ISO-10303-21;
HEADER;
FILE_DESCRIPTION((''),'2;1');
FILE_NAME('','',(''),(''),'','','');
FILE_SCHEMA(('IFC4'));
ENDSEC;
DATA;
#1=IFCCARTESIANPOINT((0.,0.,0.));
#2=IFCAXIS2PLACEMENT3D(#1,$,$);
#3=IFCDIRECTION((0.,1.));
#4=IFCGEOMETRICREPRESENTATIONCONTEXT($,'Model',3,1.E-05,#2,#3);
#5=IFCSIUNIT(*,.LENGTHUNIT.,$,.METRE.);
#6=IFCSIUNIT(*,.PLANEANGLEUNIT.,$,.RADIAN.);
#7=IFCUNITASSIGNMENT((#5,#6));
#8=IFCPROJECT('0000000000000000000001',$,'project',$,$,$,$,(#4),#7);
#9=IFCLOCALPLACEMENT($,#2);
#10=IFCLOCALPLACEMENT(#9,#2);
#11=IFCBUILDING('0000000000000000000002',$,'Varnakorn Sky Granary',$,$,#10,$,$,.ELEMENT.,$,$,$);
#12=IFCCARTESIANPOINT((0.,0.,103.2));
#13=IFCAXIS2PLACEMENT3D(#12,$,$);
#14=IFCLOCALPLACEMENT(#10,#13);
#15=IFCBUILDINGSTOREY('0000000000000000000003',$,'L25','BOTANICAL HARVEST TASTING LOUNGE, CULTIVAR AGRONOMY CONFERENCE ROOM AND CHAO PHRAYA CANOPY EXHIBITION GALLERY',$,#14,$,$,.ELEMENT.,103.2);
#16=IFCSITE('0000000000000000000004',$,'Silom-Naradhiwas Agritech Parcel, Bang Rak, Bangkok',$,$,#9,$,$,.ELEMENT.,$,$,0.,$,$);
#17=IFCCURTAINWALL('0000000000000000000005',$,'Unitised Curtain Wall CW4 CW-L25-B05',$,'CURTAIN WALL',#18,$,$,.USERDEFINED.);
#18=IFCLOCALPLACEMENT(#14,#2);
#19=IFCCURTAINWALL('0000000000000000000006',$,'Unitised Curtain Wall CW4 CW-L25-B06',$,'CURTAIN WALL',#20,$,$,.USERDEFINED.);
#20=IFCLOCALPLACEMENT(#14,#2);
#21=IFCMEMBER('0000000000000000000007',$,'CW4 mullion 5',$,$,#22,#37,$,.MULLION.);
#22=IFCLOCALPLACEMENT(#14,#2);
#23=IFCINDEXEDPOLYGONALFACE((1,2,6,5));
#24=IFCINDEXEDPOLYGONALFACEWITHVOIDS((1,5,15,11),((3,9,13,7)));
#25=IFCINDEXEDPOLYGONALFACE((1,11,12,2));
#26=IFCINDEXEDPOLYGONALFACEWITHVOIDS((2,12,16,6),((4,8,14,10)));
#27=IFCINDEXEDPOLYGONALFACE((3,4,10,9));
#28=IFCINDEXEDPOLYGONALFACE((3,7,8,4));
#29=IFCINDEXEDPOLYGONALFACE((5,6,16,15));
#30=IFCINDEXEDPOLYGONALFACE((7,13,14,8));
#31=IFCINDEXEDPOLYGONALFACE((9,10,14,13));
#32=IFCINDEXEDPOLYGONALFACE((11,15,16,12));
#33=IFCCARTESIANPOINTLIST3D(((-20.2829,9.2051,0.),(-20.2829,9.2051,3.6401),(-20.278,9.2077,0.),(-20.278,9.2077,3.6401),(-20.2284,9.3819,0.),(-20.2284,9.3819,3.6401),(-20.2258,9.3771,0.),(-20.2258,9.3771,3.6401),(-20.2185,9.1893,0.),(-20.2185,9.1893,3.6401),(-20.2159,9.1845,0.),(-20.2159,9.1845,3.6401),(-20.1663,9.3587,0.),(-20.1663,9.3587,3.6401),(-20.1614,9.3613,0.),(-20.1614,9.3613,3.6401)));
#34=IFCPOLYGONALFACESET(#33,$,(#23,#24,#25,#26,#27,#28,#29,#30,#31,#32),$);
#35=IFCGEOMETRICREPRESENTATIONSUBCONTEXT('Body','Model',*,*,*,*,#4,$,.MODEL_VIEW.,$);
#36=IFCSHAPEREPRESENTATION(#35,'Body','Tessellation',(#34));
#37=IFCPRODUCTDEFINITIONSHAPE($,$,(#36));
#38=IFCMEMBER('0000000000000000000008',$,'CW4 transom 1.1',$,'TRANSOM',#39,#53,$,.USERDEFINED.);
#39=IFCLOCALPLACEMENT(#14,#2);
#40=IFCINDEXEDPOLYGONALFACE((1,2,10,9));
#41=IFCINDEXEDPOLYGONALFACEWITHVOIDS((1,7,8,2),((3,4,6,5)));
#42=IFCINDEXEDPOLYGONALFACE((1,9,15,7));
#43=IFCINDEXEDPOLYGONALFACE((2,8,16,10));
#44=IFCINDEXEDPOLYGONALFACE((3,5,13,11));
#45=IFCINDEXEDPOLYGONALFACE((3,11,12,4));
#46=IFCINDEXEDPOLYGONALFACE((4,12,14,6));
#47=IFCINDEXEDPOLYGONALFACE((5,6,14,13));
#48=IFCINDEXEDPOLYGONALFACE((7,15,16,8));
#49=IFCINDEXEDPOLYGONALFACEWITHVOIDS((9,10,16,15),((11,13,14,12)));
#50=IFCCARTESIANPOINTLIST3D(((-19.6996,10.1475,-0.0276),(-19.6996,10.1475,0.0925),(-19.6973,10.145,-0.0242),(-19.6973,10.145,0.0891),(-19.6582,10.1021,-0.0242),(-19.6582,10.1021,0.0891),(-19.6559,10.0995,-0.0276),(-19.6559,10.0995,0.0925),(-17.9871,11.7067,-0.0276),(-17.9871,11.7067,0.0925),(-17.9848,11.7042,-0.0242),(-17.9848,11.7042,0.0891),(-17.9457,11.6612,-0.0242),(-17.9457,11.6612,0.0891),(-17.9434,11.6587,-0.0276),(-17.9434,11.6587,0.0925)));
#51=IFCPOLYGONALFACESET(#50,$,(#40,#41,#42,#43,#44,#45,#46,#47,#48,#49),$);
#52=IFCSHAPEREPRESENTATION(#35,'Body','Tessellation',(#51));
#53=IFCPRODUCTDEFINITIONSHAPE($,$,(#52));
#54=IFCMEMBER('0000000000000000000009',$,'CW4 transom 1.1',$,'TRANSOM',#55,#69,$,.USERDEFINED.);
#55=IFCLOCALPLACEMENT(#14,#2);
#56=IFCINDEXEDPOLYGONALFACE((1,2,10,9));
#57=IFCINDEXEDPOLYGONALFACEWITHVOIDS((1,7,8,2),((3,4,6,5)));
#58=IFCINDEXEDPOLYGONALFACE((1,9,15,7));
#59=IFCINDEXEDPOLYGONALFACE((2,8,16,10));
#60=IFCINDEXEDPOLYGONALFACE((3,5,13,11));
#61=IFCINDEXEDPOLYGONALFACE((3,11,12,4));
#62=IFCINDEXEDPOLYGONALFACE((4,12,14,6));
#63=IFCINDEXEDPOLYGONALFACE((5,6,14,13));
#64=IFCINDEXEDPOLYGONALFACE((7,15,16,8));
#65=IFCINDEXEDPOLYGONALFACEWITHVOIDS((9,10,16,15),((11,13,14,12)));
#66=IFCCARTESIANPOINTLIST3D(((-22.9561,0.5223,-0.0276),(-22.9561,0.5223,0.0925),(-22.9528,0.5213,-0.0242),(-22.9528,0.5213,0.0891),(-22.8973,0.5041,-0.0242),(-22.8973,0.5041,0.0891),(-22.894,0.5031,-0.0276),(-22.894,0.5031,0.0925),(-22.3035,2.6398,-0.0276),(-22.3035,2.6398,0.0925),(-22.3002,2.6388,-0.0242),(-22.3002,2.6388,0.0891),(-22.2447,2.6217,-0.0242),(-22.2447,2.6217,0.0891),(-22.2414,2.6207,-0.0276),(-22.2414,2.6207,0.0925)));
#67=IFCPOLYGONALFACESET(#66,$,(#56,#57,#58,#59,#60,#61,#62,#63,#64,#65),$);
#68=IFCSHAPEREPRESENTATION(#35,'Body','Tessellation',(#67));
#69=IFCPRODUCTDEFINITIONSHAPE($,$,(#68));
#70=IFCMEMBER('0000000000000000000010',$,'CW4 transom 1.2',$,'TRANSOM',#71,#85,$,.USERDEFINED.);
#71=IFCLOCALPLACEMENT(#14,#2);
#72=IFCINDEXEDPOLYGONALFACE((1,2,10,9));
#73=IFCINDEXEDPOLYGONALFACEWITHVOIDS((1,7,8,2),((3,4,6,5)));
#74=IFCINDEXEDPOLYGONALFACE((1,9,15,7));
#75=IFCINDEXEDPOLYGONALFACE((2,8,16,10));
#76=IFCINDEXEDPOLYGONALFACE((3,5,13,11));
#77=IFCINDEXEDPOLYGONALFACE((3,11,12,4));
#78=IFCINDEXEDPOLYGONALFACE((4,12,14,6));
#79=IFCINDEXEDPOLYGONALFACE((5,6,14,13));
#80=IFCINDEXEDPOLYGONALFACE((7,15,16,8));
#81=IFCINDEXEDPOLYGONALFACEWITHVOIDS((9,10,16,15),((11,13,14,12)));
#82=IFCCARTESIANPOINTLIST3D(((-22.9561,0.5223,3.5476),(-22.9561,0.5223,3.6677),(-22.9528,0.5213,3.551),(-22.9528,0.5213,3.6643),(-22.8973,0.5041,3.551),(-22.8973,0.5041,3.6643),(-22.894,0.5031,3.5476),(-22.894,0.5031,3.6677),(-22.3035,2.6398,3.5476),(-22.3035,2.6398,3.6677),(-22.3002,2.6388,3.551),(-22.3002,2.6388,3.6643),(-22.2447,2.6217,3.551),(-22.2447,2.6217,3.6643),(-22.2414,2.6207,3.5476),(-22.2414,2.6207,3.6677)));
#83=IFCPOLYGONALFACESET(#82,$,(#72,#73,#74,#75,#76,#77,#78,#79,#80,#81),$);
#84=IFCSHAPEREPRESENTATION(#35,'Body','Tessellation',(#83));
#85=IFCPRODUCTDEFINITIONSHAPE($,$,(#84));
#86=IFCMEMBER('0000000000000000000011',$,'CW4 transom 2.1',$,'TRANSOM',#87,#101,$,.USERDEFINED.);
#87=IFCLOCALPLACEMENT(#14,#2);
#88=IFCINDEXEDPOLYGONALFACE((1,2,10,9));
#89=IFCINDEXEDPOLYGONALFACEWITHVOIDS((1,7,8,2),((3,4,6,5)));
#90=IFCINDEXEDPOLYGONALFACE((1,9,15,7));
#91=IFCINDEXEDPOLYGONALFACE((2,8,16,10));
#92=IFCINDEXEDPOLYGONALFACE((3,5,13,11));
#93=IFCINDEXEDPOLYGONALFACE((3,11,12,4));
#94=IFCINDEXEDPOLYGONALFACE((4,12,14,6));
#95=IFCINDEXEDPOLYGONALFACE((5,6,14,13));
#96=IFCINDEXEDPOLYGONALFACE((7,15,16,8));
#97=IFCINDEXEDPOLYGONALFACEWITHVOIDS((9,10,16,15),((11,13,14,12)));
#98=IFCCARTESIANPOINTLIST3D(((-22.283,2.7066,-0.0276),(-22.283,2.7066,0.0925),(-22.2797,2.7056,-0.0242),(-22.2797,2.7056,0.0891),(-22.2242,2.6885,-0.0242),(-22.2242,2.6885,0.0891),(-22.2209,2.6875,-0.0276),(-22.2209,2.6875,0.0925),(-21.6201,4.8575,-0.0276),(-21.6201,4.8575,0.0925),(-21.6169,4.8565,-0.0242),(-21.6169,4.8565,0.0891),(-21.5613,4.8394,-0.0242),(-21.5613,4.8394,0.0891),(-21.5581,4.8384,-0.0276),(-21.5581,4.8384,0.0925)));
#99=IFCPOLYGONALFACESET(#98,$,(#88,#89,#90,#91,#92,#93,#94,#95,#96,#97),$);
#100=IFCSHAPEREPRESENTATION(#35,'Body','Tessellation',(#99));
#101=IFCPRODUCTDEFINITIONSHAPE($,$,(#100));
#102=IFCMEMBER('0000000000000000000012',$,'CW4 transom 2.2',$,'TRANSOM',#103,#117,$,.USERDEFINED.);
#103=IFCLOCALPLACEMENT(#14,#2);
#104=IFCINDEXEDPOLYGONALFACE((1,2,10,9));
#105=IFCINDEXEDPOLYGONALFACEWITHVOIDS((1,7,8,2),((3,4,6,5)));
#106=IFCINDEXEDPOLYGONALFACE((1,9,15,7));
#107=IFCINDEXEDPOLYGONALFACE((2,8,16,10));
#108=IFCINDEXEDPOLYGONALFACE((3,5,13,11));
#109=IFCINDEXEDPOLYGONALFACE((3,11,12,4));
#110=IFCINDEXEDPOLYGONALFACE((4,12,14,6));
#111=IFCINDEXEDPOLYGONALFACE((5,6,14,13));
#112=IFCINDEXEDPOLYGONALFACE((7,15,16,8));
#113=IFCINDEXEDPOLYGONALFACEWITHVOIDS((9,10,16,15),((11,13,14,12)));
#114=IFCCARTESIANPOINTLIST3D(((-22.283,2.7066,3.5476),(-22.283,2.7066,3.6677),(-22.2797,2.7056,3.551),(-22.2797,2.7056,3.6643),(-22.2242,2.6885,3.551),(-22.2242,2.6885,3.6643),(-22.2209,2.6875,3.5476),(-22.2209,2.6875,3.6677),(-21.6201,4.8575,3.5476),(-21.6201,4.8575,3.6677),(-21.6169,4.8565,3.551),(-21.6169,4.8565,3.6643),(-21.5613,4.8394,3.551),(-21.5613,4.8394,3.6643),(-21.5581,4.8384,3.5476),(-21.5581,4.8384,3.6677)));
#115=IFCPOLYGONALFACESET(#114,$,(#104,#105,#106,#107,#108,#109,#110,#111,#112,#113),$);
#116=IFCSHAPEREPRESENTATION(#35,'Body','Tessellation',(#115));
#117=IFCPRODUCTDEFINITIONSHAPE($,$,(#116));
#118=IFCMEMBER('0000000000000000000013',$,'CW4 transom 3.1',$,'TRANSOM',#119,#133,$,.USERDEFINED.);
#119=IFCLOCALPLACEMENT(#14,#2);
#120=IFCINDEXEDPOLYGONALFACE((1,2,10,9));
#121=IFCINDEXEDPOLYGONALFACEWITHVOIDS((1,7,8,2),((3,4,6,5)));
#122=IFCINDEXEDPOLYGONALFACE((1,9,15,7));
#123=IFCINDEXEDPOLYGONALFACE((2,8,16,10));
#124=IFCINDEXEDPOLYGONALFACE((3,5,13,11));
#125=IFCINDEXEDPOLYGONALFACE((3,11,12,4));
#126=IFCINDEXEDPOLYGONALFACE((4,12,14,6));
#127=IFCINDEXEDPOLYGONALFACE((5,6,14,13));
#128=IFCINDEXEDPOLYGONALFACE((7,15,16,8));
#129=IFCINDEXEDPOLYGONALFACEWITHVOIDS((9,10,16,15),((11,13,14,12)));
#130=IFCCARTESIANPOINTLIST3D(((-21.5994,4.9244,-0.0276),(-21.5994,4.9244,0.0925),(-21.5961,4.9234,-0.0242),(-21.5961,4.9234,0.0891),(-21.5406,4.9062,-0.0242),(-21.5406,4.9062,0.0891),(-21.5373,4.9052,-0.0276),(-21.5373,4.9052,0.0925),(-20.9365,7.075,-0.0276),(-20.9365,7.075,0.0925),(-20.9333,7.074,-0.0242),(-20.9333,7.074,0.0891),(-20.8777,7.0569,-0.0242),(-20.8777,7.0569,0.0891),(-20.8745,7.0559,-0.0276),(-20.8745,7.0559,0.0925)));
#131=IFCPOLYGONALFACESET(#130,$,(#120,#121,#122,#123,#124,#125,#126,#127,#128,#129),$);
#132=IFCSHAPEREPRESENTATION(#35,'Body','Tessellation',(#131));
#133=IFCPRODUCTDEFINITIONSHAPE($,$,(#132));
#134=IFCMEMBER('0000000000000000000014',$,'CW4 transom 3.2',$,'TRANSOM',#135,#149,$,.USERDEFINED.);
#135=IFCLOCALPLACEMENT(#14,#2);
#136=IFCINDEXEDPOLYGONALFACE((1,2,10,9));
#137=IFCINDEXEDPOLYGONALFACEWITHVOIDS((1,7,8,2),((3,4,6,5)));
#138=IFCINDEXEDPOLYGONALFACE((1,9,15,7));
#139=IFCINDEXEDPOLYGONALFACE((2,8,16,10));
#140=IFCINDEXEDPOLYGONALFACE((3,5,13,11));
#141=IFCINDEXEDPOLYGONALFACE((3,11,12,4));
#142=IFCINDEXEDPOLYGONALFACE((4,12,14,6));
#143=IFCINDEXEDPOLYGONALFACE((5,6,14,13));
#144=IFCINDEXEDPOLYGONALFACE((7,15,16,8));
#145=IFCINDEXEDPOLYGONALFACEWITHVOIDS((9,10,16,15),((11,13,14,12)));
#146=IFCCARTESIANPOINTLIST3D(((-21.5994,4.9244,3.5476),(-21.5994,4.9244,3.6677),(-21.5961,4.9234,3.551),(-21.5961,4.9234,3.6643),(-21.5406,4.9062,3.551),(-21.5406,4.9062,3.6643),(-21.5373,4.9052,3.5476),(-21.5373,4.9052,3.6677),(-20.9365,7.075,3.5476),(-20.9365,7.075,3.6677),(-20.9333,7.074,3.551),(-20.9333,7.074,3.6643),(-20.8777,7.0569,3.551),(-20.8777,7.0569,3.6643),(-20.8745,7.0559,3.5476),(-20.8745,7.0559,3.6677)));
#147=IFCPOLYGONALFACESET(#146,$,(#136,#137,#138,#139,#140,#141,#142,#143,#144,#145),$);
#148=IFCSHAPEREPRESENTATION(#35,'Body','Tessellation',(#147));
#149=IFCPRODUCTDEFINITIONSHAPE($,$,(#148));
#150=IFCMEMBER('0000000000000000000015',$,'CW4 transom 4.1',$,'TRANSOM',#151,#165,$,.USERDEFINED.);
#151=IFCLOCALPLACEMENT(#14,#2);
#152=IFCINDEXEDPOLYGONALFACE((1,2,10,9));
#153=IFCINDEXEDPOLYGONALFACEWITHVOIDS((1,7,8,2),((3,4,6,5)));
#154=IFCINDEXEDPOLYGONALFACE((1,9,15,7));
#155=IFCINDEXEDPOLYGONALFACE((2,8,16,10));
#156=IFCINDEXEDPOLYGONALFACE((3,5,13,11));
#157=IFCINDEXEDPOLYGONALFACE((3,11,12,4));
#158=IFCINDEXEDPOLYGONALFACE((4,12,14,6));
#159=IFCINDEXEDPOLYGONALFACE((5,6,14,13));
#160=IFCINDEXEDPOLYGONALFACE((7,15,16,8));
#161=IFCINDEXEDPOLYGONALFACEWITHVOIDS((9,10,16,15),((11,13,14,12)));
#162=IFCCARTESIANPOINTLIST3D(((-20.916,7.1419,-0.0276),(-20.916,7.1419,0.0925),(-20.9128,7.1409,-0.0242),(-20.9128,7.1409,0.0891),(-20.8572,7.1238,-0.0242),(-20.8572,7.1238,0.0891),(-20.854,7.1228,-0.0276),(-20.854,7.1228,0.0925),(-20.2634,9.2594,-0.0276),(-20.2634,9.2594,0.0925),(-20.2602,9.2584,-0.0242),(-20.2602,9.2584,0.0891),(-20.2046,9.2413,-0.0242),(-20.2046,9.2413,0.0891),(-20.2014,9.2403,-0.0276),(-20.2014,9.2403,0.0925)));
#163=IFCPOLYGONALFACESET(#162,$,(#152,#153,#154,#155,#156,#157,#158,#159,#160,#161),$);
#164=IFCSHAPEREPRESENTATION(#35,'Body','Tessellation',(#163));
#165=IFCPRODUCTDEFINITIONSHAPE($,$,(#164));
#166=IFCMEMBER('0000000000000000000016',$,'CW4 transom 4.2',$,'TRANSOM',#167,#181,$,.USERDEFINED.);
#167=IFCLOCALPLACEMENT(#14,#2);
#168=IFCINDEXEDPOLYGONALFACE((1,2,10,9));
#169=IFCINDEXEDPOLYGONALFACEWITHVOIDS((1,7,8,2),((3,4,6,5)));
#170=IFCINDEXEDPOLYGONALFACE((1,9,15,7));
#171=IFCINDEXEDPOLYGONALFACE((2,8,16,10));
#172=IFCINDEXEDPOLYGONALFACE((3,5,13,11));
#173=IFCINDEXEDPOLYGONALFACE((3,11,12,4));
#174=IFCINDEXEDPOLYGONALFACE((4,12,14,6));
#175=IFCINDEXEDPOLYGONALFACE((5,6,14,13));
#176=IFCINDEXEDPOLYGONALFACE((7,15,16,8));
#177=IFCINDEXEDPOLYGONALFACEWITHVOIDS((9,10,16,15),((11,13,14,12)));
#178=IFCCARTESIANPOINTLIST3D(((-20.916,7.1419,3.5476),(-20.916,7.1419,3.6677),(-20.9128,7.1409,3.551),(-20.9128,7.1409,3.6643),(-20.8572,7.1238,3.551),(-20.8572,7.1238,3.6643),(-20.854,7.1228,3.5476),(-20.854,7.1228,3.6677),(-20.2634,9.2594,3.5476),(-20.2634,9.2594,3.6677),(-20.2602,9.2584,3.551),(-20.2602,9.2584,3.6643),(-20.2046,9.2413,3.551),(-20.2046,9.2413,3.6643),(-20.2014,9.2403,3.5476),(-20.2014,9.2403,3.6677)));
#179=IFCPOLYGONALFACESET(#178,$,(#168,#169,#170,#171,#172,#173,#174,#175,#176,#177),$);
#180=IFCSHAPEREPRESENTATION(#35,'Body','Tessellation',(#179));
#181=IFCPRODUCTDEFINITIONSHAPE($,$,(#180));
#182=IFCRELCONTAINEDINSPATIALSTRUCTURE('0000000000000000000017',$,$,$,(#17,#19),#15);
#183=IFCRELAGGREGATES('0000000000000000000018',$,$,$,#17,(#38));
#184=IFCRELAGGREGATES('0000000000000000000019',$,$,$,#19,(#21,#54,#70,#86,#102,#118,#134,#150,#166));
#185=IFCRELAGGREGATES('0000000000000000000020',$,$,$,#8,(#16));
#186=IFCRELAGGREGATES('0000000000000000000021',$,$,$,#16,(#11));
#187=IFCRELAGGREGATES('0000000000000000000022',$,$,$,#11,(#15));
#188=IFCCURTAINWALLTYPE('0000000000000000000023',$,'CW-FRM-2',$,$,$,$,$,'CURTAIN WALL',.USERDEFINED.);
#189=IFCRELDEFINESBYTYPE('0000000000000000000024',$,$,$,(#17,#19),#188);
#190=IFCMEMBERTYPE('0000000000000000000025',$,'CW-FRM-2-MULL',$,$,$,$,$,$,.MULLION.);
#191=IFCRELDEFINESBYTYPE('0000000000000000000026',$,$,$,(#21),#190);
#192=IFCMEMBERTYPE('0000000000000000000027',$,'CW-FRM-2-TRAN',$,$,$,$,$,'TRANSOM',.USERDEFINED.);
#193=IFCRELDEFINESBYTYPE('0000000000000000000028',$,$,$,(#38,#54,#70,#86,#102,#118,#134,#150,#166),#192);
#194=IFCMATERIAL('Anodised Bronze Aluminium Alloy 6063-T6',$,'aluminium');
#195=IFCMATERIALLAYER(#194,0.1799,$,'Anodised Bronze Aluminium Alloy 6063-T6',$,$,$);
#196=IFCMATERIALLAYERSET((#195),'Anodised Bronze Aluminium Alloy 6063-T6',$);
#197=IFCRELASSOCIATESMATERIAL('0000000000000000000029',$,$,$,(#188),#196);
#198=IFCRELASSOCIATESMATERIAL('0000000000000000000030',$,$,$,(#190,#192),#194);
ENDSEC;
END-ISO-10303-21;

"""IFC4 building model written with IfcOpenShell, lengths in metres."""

from ifc_helpers import new_model, si_unit, direction, frame, origin, origin_2d, place, context, subcontext, project, spatial, hollow_rectangle, extrude, material, layer, layer_set, material_profile, profile_set, type_object, element, aggregate, save


model = new_model("IFC4")

# Units and contexts
model_context = context("Model", 3, precision=1e-05, world=origin(), true_north=direction((0.0, 1.0)))
body_context = subcontext(model_context, "Body", "Model", "MODEL_VIEW")
ifc_project = project(units=[si_unit("LENGTHUNIT", "METRE"), si_unit("PLANEANGLEUNIT", "RADIAN")], contexts=[model_context])

# Site, building, storey
site_placement = place(None, origin())
site = spatial("IfcSite", under=ifc_project, at=site_placement, Name="Silom-Naradhiwas Agritech Parcel, Bang Rak, Bangkok", CompositionType="ELEMENT", RefElevation=0.0)
building_placement = place(site_placement, origin())
building = spatial("IfcBuilding", under=site, at=building_placement, Name="Varnakorn Sky Granary", CompositionType="ELEMENT")
storey_placement = place(building_placement, frame((0.0, 0.0, 103.2)))
storey = spatial("IfcBuildingStorey", under=building, at=storey_placement, Name="L25", Description="BOTANICAL HARVEST TASTING LOUNGE, CULTIVAR AGRONOMY CONFERENCE ROOM AND CHAO PHRAYA CANOPY EXHIBITION GALLERY", CompositionType="ELEMENT", Elevation=103.2)

# Curtain wall
ifc_material_1 = material(Name="Anodised Bronze Aluminium Alloy 6063-T6", Category="aluminium")
ifc_layer_1 = layer(ifc_material_1, 0.1799, Name="Anodised Bronze Aluminium Alloy 6063-T6")
ifc_layer_set_1 = layer_set([ifc_layer_1], Name="Anodised Bronze Aluminium Alloy 6063-T6")
curtain_wall_type = type_object("IfcCurtainWallType", Name="CW-FRM-2", ElementType="CURTAIN WALL", PredefinedType="USERDEFINED", material=ifc_layer_set_1)
curtain_wall_1_placement = place(storey_placement, origin())
curtain_wall_1 = element("IfcCurtainWall", 1, at=curtain_wall_1_placement, inside=storey, type_object=curtain_wall_type, Name="Unitised Curtain Wall CW4 CW-L25-B05", ObjectType="CURTAIN WALL", PredefinedType="USERDEFINED")
ifc_material_profile_1 = material_profile(ifc_material_1, hollow_rectangle(XDim=0.0701, YDim=0.1851, WallThickness=0.0039, at=origin_2d()), Name="ALU MULL 70x185")
ifc_profile_set_1 = profile_set([ifc_material_profile_1], Name="Anodised Bronze Aluminium Alloy 6063-T6")
member_type_1 = type_object("IfcMemberType", Name="CW-FRM-2-MULL", PredefinedType="MULLION", material=ifc_profile_set_1)

# Curtain wall, member
curtain_wall_2_placement = place(storey_placement, origin())
curtain_wall_2 = element("IfcCurtainWall", 2, at=curtain_wall_2_placement, inside=storey, type_object=curtain_wall_type, Name="Unitised Curtain Wall CW4 CW-L25-B06", ObjectType="CURTAIN WALL", PredefinedType="USERDEFINED")
member_1_placement = place(storey_placement, frame((-20.2222, 9.2832, 0.0), z_axis=(0.0, 0.0, 1.0), x_axis=(-0.955652, 0.294498, 0.0)))
member_1 = element("IfcMember", 3, at=member_1_placement, type_object=member_type_1, Name="CW4 mullion 5", PredefinedType="MULLION", context=body_context, shape_type="SweptSolid", body=[
    extrude(hollow_rectangle(XDim=0.0701, YDim=0.1851, WallThickness=0.0039, at=origin_2d()), origin(), (0.0, 0.0, 1.0), 3.6401),
])

# Members
ifc_material_profile_2 = material_profile(ifc_material_1, hollow_rectangle(XDim=0.0649, YDim=0.1201, WallThickness=0.0034, at=origin_2d()), Name="ALU TRAN 65x120")
ifc_profile_set_2 = profile_set([ifc_material_profile_2], Name="Anodised Bronze Aluminium Alloy 6063-T6")
member_type_2 = type_object("IfcMemberType", Name="CW-FRM-2-TRAN", ElementType="TRANSOM", PredefinedType="USERDEFINED", material=ifc_profile_set_2)
member_2_placement = place(storey_placement, frame((-19.6777, 10.1235, 0.0325), z_axis=(0.739434, 0.673229, 0.0), x_axis=(-0.673229, 0.739434, 0.0)))
member_2 = element("IfcMember", 4, at=member_2_placement, type_object=member_type_2, Name="CW4 transom 1.1", ObjectType="TRANSOM", PredefinedType="USERDEFINED", context=body_context, shape_type="SweptSolid", body=[
    extrude(hollow_rectangle(XDim=0.0649, YDim=0.1201, WallThickness=0.0034, at=origin_2d()), origin(), (0.0, 0.0, 1.0), 2.3159),
])
aggregate(curtain_wall_1, [member_2])
member_3_placement = place(storey_placement, frame((-22.925, 0.5127, 0.0325), z_axis=(0.294527, 0.955643, 0.0), x_axis=(-0.955643, 0.294527, 0.0)))
member_3 = element("IfcMember", 5, at=member_3_placement, type_object=member_type_2, Name="CW4 transom 1.1", ObjectType="TRANSOM", PredefinedType="USERDEFINED", context=body_context, shape_type="SweptSolid", body=[
    extrude(hollow_rectangle(XDim=0.0649, YDim=0.1201, WallThickness=0.0034, at=origin_2d()), origin(), (0.0, 0.0, 1.0), 2.2158),
])
member_4_placement = place(storey_placement, frame((-22.925, 0.5127, 3.6077), z_axis=(0.294527, 0.955643, 0.0), x_axis=(-0.955643, 0.294527, 0.0)))
member_4 = element("IfcMember", 6, at=member_4_placement, type_object=member_type_2, Name="CW4 transom 1.2", ObjectType="TRANSOM", PredefinedType="USERDEFINED", context=body_context, shape_type="SweptSolid", body=[
    extrude(hollow_rectangle(XDim=0.0649, YDim=0.1201, WallThickness=0.0034, at=origin_2d()), origin(), (0.0, 0.0, 1.0), 2.2158),
])
member_5_placement = place(storey_placement, frame((-22.252, 2.697, 0.0325), z_axis=(0.294505, 0.95565, 0.0), x_axis=(-0.95565, 0.294505, 0.0)))
member_5 = element("IfcMember", 7, at=member_5_placement, type_object=member_type_2, Name="CW4 transom 2.1", ObjectType="TRANSOM", PredefinedType="USERDEFINED", context=body_context, shape_type="SweptSolid", body=[
    extrude(hollow_rectangle(XDim=0.0649, YDim=0.1201, WallThickness=0.0034, at=origin_2d()), origin(), (0.0, 0.0, 1.0), 2.2507),
])
member_6_placement = place(storey_placement, frame((-22.252, 2.697, 3.6077), z_axis=(0.294505, 0.95565, 0.0), x_axis=(-0.95565, 0.294505, 0.0)))
member_6 = element("IfcMember", 8, at=member_6_placement, type_object=member_type_2, Name="CW4 transom 2.2", ObjectType="TRANSOM", PredefinedType="USERDEFINED", context=body_context, shape_type="SweptSolid", body=[
    extrude(hollow_rectangle(XDim=0.0649, YDim=0.1201, WallThickness=0.0034, at=origin_2d()), origin(), (0.0, 0.0, 1.0), 2.2507),
])
member_7_placement = place(storey_placement, frame((-21.5684, 4.9148, 0.0325), z_axis=(0.294536, 0.955641, 0.0), x_axis=(-0.955641, 0.294536, 0.0)))
member_7 = element("IfcMember", 9, at=member_7_placement, type_object=member_type_2, Name="CW4 transom 3.1", ObjectType="TRANSOM", PredefinedType="USERDEFINED", context=body_context, shape_type="SweptSolid", body=[
    extrude(hollow_rectangle(XDim=0.0649, YDim=0.1201, WallThickness=0.0034, at=origin_2d()), origin(), (0.0, 0.0, 1.0), 2.2505),
])
member_8_placement = place(storey_placement, frame((-21.5684, 4.9148, 3.6077), z_axis=(0.294536, 0.955641, 0.0), x_axis=(-0.955641, 0.294536, 0.0)))
member_8 = element("IfcMember", 10, at=member_8_placement, type_object=member_type_2, Name="CW4 transom 3.2", ObjectType="TRANSOM", PredefinedType="USERDEFINED", context=body_context, shape_type="SweptSolid", body=[
    extrude(hollow_rectangle(XDim=0.0649, YDim=0.1201, WallThickness=0.0034, at=origin_2d()), origin(), (0.0, 0.0, 1.0), 2.2505),
])
member_9_placement = place(storey_placement, frame((-20.885, 7.1323, 0.0325), z_axis=(0.294527, 0.955643, 0.0), x_axis=(-0.955643, 0.294527, 0.0)))
member_9 = element("IfcMember", 11, at=member_9_placement, type_object=member_type_2, Name="CW4 transom 4.1", ObjectType="TRANSOM", PredefinedType="USERDEFINED", context=body_context, shape_type="SweptSolid", body=[
    extrude(hollow_rectangle(XDim=0.0649, YDim=0.1201, WallThickness=0.0034, at=origin_2d()), origin(), (0.0, 0.0, 1.0), 2.2158),
])
member_10_placement = place(storey_placement, frame((-20.885, 7.1323, 3.6077), z_axis=(0.294527, 0.955643, 0.0), x_axis=(-0.955643, 0.294527, 0.0)))
member_10 = element("IfcMember", 12, at=member_10_placement, type_object=member_type_2, Name="CW4 transom 4.2", ObjectType="TRANSOM", PredefinedType="USERDEFINED", context=body_context, shape_type="SweptSolid", body=[
    extrude(hollow_rectangle(XDim=0.0649, YDim=0.1201, WallThickness=0.0034, at=origin_2d()), origin(), (0.0, 0.0, 1.0), 2.2158),
])

aggregate(curtain_wall_2, [member_1, member_3, member_4, member_5, member_6, member_7, member_8, member_9, member_10])

save(model, "model.ifc")
